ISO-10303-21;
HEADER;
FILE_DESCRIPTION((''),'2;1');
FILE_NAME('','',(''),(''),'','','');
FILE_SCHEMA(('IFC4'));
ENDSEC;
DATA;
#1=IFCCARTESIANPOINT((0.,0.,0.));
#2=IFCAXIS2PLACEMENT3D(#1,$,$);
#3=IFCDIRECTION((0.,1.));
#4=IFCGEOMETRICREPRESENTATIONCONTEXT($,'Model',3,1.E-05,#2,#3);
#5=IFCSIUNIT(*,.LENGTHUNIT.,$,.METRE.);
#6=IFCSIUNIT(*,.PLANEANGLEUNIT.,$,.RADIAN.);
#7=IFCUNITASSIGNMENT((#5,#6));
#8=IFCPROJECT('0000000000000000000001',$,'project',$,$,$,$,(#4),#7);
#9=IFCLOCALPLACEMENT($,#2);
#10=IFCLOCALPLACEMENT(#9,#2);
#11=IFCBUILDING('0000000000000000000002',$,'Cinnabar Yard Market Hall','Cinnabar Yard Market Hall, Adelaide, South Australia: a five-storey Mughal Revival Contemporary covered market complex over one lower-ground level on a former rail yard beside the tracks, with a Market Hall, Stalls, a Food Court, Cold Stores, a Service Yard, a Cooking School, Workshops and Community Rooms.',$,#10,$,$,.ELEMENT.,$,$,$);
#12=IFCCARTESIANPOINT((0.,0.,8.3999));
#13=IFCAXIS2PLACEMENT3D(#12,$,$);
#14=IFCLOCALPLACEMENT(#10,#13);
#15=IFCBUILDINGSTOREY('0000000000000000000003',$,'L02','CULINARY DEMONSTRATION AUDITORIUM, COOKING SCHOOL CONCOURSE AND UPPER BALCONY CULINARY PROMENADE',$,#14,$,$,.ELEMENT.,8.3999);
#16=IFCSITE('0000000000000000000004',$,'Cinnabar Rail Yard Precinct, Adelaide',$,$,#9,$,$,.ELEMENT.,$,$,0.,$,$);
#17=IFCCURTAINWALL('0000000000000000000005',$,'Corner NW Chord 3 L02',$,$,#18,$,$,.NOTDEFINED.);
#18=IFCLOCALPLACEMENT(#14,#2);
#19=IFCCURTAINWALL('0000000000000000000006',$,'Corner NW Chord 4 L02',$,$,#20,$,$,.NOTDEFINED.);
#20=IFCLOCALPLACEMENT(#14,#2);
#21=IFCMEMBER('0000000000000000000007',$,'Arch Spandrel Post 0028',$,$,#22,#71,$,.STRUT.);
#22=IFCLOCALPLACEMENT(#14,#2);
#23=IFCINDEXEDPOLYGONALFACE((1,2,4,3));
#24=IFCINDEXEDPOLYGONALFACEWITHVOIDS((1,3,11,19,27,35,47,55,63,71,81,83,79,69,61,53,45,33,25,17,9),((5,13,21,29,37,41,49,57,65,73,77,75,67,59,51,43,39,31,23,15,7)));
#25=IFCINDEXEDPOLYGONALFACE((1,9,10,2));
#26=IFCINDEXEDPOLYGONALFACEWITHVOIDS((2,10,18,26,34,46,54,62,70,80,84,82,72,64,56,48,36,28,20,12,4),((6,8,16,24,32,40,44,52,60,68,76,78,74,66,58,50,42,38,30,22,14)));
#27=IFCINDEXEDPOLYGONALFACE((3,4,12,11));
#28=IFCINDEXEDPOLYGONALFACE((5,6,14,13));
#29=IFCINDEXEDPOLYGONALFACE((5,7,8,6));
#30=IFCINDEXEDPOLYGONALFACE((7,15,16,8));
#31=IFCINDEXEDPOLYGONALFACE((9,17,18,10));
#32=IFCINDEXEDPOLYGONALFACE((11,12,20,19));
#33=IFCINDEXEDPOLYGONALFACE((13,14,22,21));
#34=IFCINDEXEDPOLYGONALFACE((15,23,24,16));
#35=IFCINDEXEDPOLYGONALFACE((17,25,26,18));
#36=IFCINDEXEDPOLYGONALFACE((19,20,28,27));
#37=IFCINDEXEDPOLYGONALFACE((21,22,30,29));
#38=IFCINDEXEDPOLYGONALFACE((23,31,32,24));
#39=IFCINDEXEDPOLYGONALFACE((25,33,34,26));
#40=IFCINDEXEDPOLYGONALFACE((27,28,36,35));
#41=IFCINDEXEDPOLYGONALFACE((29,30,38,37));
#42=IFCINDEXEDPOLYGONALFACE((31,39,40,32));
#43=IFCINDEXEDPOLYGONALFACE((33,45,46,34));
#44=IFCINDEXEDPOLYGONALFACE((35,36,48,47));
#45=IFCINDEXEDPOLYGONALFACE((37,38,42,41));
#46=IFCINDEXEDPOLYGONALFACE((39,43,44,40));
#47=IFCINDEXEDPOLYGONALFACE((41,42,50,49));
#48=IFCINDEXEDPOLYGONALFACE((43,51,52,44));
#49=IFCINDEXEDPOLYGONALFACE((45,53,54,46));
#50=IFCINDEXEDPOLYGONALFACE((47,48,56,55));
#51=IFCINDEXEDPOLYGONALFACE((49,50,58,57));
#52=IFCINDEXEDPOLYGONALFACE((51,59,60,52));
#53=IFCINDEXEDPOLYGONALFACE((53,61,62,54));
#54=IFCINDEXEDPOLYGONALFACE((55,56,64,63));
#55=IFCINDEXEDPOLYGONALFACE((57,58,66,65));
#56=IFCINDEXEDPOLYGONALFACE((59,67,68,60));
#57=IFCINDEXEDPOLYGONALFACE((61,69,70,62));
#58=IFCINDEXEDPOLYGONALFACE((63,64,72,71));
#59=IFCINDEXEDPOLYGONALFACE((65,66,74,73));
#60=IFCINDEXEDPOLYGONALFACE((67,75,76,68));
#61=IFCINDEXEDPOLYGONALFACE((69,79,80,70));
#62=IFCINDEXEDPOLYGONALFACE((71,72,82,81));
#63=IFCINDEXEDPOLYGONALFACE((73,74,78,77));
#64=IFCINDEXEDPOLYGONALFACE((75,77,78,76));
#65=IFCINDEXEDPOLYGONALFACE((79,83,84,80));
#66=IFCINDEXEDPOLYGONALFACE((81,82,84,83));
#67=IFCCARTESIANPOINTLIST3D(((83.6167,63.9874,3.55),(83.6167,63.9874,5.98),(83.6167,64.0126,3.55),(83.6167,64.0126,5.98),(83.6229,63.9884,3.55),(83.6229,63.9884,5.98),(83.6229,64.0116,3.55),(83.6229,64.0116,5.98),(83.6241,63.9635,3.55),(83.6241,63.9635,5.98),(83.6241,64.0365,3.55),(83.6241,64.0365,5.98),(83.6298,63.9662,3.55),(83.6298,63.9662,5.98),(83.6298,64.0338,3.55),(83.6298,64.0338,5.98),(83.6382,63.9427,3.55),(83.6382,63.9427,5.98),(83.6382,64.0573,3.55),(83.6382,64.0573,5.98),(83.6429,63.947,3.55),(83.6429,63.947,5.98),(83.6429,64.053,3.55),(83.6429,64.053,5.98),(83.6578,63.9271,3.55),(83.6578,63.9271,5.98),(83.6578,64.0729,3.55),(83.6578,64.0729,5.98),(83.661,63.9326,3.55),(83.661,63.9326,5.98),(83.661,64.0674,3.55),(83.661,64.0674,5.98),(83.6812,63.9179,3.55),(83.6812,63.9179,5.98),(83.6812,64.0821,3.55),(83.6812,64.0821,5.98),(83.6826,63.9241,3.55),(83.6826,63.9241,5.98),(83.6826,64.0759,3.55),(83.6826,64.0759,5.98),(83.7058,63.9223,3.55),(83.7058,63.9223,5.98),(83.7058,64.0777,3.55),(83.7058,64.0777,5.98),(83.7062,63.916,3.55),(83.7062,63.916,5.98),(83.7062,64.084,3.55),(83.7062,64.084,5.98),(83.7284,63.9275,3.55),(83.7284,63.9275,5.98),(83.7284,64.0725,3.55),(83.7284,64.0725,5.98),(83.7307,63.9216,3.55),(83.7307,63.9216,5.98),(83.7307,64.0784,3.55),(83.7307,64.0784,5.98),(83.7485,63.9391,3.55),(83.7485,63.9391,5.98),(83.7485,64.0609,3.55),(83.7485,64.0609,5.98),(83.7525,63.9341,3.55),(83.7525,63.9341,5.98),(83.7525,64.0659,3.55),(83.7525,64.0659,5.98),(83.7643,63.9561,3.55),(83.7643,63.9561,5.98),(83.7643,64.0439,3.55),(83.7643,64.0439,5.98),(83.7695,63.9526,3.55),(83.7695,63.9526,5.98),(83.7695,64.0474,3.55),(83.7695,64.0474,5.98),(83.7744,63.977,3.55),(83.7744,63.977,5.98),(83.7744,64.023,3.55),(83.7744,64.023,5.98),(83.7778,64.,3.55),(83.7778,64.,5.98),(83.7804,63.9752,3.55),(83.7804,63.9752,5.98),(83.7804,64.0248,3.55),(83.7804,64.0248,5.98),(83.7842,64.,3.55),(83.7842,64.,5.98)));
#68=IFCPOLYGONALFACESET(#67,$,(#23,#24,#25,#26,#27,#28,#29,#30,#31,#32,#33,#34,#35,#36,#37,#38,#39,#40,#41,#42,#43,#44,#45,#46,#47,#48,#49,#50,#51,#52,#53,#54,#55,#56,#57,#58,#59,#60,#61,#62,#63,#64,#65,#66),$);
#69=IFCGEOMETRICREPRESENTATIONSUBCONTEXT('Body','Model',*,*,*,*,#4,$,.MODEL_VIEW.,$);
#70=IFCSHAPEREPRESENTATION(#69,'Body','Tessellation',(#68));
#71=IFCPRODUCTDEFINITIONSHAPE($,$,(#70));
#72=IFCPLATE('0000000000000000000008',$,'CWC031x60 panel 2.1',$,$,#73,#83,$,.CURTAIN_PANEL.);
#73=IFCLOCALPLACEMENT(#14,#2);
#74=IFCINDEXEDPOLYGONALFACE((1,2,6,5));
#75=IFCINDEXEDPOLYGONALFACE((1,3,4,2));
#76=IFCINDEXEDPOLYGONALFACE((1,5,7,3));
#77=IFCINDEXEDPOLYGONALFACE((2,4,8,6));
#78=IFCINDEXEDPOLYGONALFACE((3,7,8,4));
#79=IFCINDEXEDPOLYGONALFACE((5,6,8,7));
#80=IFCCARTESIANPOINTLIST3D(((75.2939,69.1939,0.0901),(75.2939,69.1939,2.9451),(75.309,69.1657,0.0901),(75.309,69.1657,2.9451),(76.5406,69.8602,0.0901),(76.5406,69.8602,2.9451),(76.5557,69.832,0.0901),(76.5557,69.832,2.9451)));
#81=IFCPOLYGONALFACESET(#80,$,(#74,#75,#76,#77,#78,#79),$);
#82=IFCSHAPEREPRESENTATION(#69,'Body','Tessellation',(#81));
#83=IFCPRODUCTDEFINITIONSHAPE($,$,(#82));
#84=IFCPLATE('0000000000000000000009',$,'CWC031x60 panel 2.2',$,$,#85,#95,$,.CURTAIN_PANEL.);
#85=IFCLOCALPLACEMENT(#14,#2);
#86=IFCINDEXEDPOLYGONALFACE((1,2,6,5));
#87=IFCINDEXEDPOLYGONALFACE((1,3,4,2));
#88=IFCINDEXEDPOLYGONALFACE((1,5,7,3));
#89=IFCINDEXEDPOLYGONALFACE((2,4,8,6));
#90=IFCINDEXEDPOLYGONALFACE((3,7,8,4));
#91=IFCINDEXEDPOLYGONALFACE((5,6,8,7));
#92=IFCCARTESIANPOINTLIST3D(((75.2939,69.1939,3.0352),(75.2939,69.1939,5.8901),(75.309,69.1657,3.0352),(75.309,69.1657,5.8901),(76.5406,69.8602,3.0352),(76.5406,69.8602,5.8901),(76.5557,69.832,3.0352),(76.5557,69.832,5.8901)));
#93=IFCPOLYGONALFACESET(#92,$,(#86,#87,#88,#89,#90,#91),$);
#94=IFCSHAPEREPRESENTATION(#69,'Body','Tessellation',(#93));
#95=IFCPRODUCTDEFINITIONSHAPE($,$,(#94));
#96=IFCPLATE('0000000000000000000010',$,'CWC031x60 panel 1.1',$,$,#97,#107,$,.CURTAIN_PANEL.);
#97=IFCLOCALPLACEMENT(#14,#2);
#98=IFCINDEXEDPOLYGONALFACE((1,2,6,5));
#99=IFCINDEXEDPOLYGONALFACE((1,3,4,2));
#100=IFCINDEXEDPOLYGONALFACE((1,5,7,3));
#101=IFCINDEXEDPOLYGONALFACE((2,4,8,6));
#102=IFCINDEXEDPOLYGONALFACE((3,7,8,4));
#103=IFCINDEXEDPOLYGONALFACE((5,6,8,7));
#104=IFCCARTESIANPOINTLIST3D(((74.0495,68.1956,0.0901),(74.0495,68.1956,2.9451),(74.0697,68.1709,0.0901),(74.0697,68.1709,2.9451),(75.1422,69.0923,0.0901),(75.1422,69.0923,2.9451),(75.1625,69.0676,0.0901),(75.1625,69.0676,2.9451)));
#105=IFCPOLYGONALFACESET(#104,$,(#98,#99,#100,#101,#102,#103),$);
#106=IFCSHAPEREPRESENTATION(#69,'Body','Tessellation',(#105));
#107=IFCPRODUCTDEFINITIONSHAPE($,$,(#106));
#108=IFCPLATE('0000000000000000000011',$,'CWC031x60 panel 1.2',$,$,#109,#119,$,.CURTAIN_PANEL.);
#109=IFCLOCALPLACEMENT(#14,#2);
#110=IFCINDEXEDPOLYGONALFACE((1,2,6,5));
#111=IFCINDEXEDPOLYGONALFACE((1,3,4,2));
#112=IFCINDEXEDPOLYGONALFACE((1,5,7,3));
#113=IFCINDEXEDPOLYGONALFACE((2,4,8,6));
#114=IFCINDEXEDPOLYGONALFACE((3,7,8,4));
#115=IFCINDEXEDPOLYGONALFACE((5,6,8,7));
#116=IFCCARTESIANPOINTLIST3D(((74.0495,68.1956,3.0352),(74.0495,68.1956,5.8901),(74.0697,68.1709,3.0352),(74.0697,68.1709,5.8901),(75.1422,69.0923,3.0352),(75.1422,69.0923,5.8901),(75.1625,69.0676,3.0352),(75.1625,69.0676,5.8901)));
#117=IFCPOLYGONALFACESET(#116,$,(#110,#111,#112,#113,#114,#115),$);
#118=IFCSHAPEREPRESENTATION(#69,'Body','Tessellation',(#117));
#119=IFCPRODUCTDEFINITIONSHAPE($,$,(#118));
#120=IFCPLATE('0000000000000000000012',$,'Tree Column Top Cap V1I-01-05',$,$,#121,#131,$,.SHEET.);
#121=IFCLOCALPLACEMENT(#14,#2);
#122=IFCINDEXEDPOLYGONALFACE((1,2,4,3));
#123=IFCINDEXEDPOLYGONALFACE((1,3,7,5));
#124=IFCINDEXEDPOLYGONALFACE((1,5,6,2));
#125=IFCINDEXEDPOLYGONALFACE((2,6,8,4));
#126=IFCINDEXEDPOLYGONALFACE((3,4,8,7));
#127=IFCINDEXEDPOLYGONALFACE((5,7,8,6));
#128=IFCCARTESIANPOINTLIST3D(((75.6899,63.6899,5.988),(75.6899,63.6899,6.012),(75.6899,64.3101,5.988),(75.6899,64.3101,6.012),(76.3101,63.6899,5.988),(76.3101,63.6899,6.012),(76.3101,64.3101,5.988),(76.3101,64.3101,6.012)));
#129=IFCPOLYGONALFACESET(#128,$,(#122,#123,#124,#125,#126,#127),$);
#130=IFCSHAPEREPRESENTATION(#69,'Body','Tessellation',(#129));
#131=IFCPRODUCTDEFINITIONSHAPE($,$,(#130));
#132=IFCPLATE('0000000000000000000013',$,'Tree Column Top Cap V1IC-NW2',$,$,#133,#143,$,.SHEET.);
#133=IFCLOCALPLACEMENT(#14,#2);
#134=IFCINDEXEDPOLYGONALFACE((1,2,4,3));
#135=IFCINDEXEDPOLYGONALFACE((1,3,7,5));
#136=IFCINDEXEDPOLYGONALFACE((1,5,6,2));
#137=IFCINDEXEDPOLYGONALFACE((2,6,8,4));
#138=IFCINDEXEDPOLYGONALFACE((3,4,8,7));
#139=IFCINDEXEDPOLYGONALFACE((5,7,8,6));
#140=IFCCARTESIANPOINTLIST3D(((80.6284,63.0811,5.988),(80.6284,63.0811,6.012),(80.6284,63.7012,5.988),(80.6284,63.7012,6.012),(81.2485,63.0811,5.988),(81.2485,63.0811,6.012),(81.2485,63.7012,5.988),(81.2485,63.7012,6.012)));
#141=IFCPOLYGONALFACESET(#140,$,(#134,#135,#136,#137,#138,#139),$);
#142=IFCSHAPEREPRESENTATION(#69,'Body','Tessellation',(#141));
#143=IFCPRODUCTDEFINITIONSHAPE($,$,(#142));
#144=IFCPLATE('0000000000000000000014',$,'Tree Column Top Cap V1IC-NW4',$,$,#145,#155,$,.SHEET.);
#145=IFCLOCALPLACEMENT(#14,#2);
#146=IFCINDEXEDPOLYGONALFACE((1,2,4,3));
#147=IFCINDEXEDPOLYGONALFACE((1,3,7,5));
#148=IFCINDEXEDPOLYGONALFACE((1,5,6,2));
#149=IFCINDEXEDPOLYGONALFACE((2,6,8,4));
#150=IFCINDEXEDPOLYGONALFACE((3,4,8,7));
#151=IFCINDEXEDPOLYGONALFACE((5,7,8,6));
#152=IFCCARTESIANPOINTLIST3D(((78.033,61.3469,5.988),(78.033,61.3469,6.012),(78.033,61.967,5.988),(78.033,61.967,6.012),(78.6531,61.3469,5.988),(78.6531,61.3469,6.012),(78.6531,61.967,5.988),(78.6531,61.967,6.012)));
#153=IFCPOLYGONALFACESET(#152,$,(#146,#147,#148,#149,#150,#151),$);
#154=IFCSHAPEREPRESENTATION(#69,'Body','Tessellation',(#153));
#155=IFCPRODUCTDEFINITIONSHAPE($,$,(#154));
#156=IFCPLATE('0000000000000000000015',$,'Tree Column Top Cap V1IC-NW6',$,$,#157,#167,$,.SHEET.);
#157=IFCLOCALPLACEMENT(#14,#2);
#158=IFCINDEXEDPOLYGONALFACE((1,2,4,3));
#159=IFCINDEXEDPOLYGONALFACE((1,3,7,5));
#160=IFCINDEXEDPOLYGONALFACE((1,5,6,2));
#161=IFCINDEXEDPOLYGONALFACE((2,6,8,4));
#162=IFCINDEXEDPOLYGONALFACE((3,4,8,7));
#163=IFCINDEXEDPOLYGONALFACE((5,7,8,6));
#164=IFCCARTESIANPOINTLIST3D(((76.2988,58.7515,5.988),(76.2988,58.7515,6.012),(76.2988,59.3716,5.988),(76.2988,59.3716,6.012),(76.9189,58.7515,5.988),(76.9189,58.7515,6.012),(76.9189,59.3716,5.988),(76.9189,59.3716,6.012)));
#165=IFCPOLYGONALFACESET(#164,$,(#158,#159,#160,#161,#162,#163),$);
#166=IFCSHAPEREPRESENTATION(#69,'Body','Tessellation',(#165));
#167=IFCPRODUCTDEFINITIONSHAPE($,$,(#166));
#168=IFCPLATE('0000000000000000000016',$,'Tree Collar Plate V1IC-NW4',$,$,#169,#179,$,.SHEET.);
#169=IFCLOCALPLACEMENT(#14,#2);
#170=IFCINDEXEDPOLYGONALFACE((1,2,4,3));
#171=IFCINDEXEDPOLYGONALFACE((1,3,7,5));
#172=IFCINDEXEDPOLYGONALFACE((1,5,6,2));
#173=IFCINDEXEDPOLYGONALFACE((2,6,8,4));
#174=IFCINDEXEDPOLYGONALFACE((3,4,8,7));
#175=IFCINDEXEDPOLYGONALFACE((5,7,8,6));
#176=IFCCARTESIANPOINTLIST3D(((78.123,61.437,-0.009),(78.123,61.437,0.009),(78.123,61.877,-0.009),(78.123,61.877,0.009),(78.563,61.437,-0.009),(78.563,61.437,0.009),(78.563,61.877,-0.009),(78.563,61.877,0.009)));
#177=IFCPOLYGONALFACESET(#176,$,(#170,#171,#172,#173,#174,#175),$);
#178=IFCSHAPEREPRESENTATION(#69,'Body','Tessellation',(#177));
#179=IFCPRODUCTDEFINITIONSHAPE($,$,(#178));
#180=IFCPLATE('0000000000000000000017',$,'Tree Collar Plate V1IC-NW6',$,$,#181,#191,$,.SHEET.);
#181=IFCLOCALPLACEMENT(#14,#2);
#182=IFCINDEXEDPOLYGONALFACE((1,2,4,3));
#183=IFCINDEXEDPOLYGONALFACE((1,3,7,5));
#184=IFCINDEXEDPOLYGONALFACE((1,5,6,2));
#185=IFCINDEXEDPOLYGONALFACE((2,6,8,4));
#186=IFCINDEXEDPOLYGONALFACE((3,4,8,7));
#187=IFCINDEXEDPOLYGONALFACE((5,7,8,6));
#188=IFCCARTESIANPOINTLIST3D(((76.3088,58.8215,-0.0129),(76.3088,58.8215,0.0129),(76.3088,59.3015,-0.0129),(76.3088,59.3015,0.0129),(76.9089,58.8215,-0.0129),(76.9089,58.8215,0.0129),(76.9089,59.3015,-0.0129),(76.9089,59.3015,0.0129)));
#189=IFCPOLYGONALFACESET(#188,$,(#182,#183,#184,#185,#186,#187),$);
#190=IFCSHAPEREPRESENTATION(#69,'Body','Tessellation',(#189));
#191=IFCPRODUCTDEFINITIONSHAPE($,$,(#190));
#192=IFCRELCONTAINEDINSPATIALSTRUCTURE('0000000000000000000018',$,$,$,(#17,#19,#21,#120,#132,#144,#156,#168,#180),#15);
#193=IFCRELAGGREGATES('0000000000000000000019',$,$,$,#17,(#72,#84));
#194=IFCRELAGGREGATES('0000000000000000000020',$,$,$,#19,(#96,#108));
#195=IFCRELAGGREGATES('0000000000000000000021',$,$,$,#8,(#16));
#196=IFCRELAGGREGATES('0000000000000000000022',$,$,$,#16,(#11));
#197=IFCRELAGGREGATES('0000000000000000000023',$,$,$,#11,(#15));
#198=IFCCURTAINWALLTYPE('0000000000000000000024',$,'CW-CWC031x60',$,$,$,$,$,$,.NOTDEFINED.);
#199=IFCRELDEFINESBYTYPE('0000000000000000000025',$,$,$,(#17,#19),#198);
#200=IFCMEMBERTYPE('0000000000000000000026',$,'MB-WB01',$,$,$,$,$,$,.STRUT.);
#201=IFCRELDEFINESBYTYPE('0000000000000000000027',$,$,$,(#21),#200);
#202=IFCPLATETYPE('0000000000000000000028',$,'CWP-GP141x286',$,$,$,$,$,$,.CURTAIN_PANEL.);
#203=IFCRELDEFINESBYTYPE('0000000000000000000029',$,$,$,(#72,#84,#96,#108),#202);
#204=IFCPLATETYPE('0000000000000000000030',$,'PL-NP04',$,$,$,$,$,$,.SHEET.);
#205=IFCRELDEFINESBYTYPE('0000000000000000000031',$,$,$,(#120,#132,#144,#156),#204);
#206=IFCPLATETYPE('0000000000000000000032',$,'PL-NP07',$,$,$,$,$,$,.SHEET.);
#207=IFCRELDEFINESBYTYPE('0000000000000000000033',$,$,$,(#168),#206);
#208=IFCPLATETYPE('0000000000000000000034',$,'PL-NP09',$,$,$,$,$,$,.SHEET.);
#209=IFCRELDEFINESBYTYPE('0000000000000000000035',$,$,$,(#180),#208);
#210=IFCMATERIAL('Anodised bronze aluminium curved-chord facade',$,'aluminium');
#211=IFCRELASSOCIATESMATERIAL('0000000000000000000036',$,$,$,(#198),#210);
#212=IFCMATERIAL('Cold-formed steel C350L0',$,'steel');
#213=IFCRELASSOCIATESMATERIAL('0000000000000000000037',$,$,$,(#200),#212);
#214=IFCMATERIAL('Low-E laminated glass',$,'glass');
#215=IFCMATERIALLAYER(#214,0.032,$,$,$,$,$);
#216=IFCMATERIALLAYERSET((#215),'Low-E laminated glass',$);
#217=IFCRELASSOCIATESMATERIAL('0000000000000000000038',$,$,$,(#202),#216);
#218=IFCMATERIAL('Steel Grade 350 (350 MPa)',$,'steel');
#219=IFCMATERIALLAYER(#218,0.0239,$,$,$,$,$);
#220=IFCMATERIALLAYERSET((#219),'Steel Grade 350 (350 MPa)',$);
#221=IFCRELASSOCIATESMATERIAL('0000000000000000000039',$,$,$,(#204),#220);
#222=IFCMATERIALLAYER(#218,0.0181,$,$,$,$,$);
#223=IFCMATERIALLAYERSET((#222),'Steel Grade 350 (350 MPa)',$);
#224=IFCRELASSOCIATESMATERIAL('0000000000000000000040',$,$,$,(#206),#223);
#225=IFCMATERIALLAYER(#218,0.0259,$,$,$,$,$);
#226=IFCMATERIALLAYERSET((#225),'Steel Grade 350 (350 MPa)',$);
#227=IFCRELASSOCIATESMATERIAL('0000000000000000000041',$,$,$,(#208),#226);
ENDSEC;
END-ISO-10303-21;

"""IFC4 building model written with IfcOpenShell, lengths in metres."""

from ifc_helpers import new_model, si_unit, direction, frame, origin, origin_2d_with_axis, place, context, subcontext, project, spatial, rectangle, hollow_circle, extrude, material, layer, layer_set, material_profile, profile_set, type_object, element, aggregate, save


model = new_model("IFC4")

# Units and contexts
model_context = context("Model", 3, precision=1e-05, world=origin(), true_north=direction((0.0, 1.0)))
body_context = subcontext(model_context, "Body", "Model", "MODEL_VIEW")
ifc_project = project(units=[si_unit("LENGTHUNIT", "METRE"), si_unit("PLANEANGLEUNIT", "RADIAN")], contexts=[model_context])

# Site, building, storey
site_placement = place(None, origin())
site = spatial("IfcSite", under=ifc_project, at=site_placement, Name="Cinnabar Rail Yard Precinct, Adelaide", CompositionType="ELEMENT", RefElevation=0.0)
building_placement = place(site_placement, origin())
building = spatial("IfcBuilding", under=site, at=building_placement, Name="Cinnabar Yard Market Hall", Description="Cinnabar Yard Market Hall, Adelaide, South Australia: a five-storey Mughal Revival Contemporary covered market complex over one lower-ground level on a former rail yard beside the tracks, with a Market Hall, Stalls, a Food Court, Cold Stores, a Service Yard, a Cooking School, Workshops and Community Rooms.", CompositionType="ELEMENT")
storey_placement = place(building_placement, frame((0.0, 0.0, 8.3999)))
storey = spatial("IfcBuildingStorey", under=building, at=storey_placement, Name="L02", Description="CULINARY DEMONSTRATION AUDITORIUM, COOKING SCHOOL CONCOURSE AND UPPER BALCONY CULINARY PROMENADE", CompositionType="ELEMENT", Elevation=8.3999)

# Curtain wall
ifc_material_1 = material(Name="Anodised bronze aluminium curved-chord facade", Category="aluminium")
curtain_wall_type = type_object("IfcCurtainWallType", Name="CW-CWC031x60", PredefinedType="NOTDEFINED", material=ifc_material_1)
curtain_wall_1_placement = place(storey_placement, origin())
curtain_wall_1 = element("IfcCurtainWall", 1, at=curtain_wall_1_placement, inside=storey, type_object=curtain_wall_type, Name="Corner NW Chord 3 L02", PredefinedType="NOTDEFINED")

# Curtain wall
curtain_wall_2_placement = place(storey_placement, origin())
curtain_wall_2 = element("IfcCurtainWall", 2, at=curtain_wall_2_placement, inside=storey, type_object=curtain_wall_type, Name="Corner NW Chord 4 L02", PredefinedType="NOTDEFINED")

# Member
ifc_material_2 = material(Name="Cold-formed steel C350L0", Category="steel")
ifc_material_profile_1 = material_profile(ifc_material_2, hollow_circle(Radius=0.0842, WallThickness=0.0063, at=origin_2d_with_axis()), Name="168.3x6.4CHS")
ifc_profile_set_1 = profile_set([ifc_material_profile_1], Name="Cold-formed steel C350L0")
member_type_1 = type_object("IfcMemberType", Name="MB-WB01", PredefinedType="STRUT", material=ifc_profile_set_1)
for number, where, z_axis, x_axis, name in (
    (3, (83.7, 64.0, 3.55), (0.0, 0.0, 1.0), (1.0, 0.0, 0.0), "Arch Spandrel Post 0028"),
):
    element("IfcMember", number, at=place(storey_placement, frame(where, z_axis=z_axis, x_axis=x_axis)), inside=storey, type_object=member_type_1, Name=name, PredefinedType="STRUT", context=body_context, shape_type="SweptSolid", body=[
        extrude(hollow_circle(Radius=0.0842, WallThickness=0.0063, at=origin_2d_with_axis()), origin(), (0.0, 0.0, 1.0), 2.4299),
    ])

# Plates
ifc_material_3 = material(Name="Low-E laminated glass", Category="glass")
ifc_layer_1 = layer(ifc_material_3, 0.032)
ifc_layer_set_1 = layer_set([ifc_layer_1], Name="Low-E laminated glass")
plate_type_1 = type_object("IfcPlateType", Name="CWP-GP141x286", PredefinedType="CURTAIN_PANEL", material=ifc_layer_set_1)
plate_1_placement = place(storey_placement, frame((75.9248, 69.5129, 0.0901), z_axis=(0.0, 0.0, 1.0), x_axis=(-0.881917, -0.471404, 0.0)))
plate_1 = element("IfcPlate", 4, at=plate_1_placement, type_object=plate_type_1, Name="CWC031x60 panel 2.1", PredefinedType="CURTAIN_PANEL", context=body_context, shape_type="SweptSolid", body=[
    extrude(rectangle(XDim=1.4136, YDim=0.032, at=origin_2d_with_axis()), origin(), (0.0, 0.0, 1.0), 2.855),
])
plate_2_placement = place(storey_placement, frame((75.9248, 69.5129, 3.0352), z_axis=(0.0, 0.0, 1.0), x_axis=(-0.881917, -0.471404, 0.0)))
plate_2 = element("IfcPlate", 5, at=plate_2_placement, type_object=plate_type_1, Name="CWC031x60 panel 2.2", PredefinedType="CURTAIN_PANEL", context=body_context, shape_type="SweptSolid", body=[
    extrude(rectangle(XDim=1.4136, YDim=0.032, at=origin_2d_with_axis()), origin(), (0.0, 0.0, 1.0), 2.855),
])
aggregate(curtain_wall_1, [plate_1, plate_2])
plate_3_placement = place(storey_placement, frame((74.606, 68.6316, 0.0901), z_axis=(0.0, 0.0, 1.0), x_axis=(-0.773019, -0.634383, 0.0)))
plate_3 = element("IfcPlate", 6, at=plate_3_placement, type_object=plate_type_1, Name="CWC031x60 panel 1.1", PredefinedType="CURTAIN_PANEL", context=body_context, shape_type="SweptSolid", body=[
    extrude(rectangle(XDim=1.4136, YDim=0.032, at=origin_2d_with_axis()), origin(), (0.0, 0.0, 1.0), 2.855),
])
plate_4_placement = place(storey_placement, frame((74.606, 68.6316, 3.0352), z_axis=(0.0, 0.0, 1.0), x_axis=(-0.773019, -0.634383, 0.0)))
plate_4 = element("IfcPlate", 7, at=plate_4_placement, type_object=plate_type_1, Name="CWC031x60 panel 1.2", PredefinedType="CURTAIN_PANEL", context=body_context, shape_type="SweptSolid", body=[
    extrude(rectangle(XDim=1.4136, YDim=0.032, at=origin_2d_with_axis()), origin(), (0.0, 0.0, 1.0), 2.855),
])
aggregate(curtain_wall_2, [plate_3, plate_4])

# Plates
ifc_material_4 = material(Name="Steel Grade 350 (350 MPa)", Category="steel")
ifc_layer_2 = layer(ifc_material_4, 0.0239)
ifc_layer_set_2 = layer_set([ifc_layer_2], Name="Steel Grade 350 (350 MPa)")
plate_type_2 = type_object("IfcPlateType", Name="PL-NP04", PredefinedType="SHEET", material=ifc_layer_set_2)
for number, where, z_axis, x_axis, name in (
    (8, (76.0, 64.0, 5.988), (0.0, 0.0, 1.0), (1.0, 0.0, 0.0), "Tree Column Top Cap V1I-01-05"),
    (9, (80.9385, 63.3911, 5.988), (0.0, 0.0, 1.0), (1.0, 0.0, 0.0), "Tree Column Top Cap V1IC-NW2"),
    (10, (78.343, 61.657, 5.988), (0.0, 0.0, 1.0), (1.0, 0.0, 0.0), "Tree Column Top Cap V1IC-NW4"),
    (11, (76.6089, 59.0615, 5.988), (0.0, 0.0, 1.0), (1.0, 0.0, 0.0), "Tree Column Top Cap V1IC-NW6"),
):
    element("IfcPlate", number, at=place(storey_placement, frame(where, z_axis=z_axis, x_axis=x_axis)), inside=storey, type_object=plate_type_2, Name=name, PredefinedType="SHEET", context=body_context, shape_type="SweptSolid", body=[
        extrude(rectangle(XDim=0.6201, YDim=0.6201, at=origin_2d_with_axis()), origin(), (0.0, 0.0, 1.0), 0.0239),
    ])
ifc_layer_3 = layer(ifc_material_4, 0.0181)
ifc_layer_set_3 = layer_set([ifc_layer_3], Name="Steel Grade 350 (350 MPa)")
plate_type_3 = type_object("IfcPlateType", Name="PL-NP07", PredefinedType="SHEET", material=ifc_layer_set_3)
plate_5_placement = place(storey_placement, frame((78.343, 61.657, -0.009), z_axis=(0.0, 0.0, 1.0), x_axis=(1.0, 0.0, 0.0)))
element("IfcPlate", 12, at=plate_5_placement, inside=storey, type_object=plate_type_3, Name="Tree Collar Plate V1IC-NW4", PredefinedType="SHEET", context=body_context, shape_type="SweptSolid", body=[
    extrude(rectangle(XDim=0.4399, YDim=0.4399, at=origin_2d_with_axis()), origin(), (0.0, 0.0, 1.0), 0.0181),
])
ifc_layer_4 = layer(ifc_material_4, 0.0259)
ifc_layer_set_4 = layer_set([ifc_layer_4], Name="Steel Grade 350 (350 MPa)")
plate_type_4 = type_object("IfcPlateType", Name="PL-NP09", PredefinedType="SHEET", material=ifc_layer_set_4)
plate_6_placement = place(storey_placement, frame((76.6089, 59.0615, -0.0129), z_axis=(0.0, 0.0, 1.0), x_axis=(1.0, 0.0, 0.0)))
element("IfcPlate", 13, at=plate_6_placement, inside=storey, type_object=plate_type_4, Name="Tree Collar Plate V1IC-NW6", PredefinedType="SHEET", context=body_context, shape_type="SweptSolid", body=[
    extrude(rectangle(XDim=0.6001, YDim=0.48, at=origin_2d_with_axis()), origin(), (0.0, 0.0, 1.0), 0.0259),
])

save(model, "model.ifc")
